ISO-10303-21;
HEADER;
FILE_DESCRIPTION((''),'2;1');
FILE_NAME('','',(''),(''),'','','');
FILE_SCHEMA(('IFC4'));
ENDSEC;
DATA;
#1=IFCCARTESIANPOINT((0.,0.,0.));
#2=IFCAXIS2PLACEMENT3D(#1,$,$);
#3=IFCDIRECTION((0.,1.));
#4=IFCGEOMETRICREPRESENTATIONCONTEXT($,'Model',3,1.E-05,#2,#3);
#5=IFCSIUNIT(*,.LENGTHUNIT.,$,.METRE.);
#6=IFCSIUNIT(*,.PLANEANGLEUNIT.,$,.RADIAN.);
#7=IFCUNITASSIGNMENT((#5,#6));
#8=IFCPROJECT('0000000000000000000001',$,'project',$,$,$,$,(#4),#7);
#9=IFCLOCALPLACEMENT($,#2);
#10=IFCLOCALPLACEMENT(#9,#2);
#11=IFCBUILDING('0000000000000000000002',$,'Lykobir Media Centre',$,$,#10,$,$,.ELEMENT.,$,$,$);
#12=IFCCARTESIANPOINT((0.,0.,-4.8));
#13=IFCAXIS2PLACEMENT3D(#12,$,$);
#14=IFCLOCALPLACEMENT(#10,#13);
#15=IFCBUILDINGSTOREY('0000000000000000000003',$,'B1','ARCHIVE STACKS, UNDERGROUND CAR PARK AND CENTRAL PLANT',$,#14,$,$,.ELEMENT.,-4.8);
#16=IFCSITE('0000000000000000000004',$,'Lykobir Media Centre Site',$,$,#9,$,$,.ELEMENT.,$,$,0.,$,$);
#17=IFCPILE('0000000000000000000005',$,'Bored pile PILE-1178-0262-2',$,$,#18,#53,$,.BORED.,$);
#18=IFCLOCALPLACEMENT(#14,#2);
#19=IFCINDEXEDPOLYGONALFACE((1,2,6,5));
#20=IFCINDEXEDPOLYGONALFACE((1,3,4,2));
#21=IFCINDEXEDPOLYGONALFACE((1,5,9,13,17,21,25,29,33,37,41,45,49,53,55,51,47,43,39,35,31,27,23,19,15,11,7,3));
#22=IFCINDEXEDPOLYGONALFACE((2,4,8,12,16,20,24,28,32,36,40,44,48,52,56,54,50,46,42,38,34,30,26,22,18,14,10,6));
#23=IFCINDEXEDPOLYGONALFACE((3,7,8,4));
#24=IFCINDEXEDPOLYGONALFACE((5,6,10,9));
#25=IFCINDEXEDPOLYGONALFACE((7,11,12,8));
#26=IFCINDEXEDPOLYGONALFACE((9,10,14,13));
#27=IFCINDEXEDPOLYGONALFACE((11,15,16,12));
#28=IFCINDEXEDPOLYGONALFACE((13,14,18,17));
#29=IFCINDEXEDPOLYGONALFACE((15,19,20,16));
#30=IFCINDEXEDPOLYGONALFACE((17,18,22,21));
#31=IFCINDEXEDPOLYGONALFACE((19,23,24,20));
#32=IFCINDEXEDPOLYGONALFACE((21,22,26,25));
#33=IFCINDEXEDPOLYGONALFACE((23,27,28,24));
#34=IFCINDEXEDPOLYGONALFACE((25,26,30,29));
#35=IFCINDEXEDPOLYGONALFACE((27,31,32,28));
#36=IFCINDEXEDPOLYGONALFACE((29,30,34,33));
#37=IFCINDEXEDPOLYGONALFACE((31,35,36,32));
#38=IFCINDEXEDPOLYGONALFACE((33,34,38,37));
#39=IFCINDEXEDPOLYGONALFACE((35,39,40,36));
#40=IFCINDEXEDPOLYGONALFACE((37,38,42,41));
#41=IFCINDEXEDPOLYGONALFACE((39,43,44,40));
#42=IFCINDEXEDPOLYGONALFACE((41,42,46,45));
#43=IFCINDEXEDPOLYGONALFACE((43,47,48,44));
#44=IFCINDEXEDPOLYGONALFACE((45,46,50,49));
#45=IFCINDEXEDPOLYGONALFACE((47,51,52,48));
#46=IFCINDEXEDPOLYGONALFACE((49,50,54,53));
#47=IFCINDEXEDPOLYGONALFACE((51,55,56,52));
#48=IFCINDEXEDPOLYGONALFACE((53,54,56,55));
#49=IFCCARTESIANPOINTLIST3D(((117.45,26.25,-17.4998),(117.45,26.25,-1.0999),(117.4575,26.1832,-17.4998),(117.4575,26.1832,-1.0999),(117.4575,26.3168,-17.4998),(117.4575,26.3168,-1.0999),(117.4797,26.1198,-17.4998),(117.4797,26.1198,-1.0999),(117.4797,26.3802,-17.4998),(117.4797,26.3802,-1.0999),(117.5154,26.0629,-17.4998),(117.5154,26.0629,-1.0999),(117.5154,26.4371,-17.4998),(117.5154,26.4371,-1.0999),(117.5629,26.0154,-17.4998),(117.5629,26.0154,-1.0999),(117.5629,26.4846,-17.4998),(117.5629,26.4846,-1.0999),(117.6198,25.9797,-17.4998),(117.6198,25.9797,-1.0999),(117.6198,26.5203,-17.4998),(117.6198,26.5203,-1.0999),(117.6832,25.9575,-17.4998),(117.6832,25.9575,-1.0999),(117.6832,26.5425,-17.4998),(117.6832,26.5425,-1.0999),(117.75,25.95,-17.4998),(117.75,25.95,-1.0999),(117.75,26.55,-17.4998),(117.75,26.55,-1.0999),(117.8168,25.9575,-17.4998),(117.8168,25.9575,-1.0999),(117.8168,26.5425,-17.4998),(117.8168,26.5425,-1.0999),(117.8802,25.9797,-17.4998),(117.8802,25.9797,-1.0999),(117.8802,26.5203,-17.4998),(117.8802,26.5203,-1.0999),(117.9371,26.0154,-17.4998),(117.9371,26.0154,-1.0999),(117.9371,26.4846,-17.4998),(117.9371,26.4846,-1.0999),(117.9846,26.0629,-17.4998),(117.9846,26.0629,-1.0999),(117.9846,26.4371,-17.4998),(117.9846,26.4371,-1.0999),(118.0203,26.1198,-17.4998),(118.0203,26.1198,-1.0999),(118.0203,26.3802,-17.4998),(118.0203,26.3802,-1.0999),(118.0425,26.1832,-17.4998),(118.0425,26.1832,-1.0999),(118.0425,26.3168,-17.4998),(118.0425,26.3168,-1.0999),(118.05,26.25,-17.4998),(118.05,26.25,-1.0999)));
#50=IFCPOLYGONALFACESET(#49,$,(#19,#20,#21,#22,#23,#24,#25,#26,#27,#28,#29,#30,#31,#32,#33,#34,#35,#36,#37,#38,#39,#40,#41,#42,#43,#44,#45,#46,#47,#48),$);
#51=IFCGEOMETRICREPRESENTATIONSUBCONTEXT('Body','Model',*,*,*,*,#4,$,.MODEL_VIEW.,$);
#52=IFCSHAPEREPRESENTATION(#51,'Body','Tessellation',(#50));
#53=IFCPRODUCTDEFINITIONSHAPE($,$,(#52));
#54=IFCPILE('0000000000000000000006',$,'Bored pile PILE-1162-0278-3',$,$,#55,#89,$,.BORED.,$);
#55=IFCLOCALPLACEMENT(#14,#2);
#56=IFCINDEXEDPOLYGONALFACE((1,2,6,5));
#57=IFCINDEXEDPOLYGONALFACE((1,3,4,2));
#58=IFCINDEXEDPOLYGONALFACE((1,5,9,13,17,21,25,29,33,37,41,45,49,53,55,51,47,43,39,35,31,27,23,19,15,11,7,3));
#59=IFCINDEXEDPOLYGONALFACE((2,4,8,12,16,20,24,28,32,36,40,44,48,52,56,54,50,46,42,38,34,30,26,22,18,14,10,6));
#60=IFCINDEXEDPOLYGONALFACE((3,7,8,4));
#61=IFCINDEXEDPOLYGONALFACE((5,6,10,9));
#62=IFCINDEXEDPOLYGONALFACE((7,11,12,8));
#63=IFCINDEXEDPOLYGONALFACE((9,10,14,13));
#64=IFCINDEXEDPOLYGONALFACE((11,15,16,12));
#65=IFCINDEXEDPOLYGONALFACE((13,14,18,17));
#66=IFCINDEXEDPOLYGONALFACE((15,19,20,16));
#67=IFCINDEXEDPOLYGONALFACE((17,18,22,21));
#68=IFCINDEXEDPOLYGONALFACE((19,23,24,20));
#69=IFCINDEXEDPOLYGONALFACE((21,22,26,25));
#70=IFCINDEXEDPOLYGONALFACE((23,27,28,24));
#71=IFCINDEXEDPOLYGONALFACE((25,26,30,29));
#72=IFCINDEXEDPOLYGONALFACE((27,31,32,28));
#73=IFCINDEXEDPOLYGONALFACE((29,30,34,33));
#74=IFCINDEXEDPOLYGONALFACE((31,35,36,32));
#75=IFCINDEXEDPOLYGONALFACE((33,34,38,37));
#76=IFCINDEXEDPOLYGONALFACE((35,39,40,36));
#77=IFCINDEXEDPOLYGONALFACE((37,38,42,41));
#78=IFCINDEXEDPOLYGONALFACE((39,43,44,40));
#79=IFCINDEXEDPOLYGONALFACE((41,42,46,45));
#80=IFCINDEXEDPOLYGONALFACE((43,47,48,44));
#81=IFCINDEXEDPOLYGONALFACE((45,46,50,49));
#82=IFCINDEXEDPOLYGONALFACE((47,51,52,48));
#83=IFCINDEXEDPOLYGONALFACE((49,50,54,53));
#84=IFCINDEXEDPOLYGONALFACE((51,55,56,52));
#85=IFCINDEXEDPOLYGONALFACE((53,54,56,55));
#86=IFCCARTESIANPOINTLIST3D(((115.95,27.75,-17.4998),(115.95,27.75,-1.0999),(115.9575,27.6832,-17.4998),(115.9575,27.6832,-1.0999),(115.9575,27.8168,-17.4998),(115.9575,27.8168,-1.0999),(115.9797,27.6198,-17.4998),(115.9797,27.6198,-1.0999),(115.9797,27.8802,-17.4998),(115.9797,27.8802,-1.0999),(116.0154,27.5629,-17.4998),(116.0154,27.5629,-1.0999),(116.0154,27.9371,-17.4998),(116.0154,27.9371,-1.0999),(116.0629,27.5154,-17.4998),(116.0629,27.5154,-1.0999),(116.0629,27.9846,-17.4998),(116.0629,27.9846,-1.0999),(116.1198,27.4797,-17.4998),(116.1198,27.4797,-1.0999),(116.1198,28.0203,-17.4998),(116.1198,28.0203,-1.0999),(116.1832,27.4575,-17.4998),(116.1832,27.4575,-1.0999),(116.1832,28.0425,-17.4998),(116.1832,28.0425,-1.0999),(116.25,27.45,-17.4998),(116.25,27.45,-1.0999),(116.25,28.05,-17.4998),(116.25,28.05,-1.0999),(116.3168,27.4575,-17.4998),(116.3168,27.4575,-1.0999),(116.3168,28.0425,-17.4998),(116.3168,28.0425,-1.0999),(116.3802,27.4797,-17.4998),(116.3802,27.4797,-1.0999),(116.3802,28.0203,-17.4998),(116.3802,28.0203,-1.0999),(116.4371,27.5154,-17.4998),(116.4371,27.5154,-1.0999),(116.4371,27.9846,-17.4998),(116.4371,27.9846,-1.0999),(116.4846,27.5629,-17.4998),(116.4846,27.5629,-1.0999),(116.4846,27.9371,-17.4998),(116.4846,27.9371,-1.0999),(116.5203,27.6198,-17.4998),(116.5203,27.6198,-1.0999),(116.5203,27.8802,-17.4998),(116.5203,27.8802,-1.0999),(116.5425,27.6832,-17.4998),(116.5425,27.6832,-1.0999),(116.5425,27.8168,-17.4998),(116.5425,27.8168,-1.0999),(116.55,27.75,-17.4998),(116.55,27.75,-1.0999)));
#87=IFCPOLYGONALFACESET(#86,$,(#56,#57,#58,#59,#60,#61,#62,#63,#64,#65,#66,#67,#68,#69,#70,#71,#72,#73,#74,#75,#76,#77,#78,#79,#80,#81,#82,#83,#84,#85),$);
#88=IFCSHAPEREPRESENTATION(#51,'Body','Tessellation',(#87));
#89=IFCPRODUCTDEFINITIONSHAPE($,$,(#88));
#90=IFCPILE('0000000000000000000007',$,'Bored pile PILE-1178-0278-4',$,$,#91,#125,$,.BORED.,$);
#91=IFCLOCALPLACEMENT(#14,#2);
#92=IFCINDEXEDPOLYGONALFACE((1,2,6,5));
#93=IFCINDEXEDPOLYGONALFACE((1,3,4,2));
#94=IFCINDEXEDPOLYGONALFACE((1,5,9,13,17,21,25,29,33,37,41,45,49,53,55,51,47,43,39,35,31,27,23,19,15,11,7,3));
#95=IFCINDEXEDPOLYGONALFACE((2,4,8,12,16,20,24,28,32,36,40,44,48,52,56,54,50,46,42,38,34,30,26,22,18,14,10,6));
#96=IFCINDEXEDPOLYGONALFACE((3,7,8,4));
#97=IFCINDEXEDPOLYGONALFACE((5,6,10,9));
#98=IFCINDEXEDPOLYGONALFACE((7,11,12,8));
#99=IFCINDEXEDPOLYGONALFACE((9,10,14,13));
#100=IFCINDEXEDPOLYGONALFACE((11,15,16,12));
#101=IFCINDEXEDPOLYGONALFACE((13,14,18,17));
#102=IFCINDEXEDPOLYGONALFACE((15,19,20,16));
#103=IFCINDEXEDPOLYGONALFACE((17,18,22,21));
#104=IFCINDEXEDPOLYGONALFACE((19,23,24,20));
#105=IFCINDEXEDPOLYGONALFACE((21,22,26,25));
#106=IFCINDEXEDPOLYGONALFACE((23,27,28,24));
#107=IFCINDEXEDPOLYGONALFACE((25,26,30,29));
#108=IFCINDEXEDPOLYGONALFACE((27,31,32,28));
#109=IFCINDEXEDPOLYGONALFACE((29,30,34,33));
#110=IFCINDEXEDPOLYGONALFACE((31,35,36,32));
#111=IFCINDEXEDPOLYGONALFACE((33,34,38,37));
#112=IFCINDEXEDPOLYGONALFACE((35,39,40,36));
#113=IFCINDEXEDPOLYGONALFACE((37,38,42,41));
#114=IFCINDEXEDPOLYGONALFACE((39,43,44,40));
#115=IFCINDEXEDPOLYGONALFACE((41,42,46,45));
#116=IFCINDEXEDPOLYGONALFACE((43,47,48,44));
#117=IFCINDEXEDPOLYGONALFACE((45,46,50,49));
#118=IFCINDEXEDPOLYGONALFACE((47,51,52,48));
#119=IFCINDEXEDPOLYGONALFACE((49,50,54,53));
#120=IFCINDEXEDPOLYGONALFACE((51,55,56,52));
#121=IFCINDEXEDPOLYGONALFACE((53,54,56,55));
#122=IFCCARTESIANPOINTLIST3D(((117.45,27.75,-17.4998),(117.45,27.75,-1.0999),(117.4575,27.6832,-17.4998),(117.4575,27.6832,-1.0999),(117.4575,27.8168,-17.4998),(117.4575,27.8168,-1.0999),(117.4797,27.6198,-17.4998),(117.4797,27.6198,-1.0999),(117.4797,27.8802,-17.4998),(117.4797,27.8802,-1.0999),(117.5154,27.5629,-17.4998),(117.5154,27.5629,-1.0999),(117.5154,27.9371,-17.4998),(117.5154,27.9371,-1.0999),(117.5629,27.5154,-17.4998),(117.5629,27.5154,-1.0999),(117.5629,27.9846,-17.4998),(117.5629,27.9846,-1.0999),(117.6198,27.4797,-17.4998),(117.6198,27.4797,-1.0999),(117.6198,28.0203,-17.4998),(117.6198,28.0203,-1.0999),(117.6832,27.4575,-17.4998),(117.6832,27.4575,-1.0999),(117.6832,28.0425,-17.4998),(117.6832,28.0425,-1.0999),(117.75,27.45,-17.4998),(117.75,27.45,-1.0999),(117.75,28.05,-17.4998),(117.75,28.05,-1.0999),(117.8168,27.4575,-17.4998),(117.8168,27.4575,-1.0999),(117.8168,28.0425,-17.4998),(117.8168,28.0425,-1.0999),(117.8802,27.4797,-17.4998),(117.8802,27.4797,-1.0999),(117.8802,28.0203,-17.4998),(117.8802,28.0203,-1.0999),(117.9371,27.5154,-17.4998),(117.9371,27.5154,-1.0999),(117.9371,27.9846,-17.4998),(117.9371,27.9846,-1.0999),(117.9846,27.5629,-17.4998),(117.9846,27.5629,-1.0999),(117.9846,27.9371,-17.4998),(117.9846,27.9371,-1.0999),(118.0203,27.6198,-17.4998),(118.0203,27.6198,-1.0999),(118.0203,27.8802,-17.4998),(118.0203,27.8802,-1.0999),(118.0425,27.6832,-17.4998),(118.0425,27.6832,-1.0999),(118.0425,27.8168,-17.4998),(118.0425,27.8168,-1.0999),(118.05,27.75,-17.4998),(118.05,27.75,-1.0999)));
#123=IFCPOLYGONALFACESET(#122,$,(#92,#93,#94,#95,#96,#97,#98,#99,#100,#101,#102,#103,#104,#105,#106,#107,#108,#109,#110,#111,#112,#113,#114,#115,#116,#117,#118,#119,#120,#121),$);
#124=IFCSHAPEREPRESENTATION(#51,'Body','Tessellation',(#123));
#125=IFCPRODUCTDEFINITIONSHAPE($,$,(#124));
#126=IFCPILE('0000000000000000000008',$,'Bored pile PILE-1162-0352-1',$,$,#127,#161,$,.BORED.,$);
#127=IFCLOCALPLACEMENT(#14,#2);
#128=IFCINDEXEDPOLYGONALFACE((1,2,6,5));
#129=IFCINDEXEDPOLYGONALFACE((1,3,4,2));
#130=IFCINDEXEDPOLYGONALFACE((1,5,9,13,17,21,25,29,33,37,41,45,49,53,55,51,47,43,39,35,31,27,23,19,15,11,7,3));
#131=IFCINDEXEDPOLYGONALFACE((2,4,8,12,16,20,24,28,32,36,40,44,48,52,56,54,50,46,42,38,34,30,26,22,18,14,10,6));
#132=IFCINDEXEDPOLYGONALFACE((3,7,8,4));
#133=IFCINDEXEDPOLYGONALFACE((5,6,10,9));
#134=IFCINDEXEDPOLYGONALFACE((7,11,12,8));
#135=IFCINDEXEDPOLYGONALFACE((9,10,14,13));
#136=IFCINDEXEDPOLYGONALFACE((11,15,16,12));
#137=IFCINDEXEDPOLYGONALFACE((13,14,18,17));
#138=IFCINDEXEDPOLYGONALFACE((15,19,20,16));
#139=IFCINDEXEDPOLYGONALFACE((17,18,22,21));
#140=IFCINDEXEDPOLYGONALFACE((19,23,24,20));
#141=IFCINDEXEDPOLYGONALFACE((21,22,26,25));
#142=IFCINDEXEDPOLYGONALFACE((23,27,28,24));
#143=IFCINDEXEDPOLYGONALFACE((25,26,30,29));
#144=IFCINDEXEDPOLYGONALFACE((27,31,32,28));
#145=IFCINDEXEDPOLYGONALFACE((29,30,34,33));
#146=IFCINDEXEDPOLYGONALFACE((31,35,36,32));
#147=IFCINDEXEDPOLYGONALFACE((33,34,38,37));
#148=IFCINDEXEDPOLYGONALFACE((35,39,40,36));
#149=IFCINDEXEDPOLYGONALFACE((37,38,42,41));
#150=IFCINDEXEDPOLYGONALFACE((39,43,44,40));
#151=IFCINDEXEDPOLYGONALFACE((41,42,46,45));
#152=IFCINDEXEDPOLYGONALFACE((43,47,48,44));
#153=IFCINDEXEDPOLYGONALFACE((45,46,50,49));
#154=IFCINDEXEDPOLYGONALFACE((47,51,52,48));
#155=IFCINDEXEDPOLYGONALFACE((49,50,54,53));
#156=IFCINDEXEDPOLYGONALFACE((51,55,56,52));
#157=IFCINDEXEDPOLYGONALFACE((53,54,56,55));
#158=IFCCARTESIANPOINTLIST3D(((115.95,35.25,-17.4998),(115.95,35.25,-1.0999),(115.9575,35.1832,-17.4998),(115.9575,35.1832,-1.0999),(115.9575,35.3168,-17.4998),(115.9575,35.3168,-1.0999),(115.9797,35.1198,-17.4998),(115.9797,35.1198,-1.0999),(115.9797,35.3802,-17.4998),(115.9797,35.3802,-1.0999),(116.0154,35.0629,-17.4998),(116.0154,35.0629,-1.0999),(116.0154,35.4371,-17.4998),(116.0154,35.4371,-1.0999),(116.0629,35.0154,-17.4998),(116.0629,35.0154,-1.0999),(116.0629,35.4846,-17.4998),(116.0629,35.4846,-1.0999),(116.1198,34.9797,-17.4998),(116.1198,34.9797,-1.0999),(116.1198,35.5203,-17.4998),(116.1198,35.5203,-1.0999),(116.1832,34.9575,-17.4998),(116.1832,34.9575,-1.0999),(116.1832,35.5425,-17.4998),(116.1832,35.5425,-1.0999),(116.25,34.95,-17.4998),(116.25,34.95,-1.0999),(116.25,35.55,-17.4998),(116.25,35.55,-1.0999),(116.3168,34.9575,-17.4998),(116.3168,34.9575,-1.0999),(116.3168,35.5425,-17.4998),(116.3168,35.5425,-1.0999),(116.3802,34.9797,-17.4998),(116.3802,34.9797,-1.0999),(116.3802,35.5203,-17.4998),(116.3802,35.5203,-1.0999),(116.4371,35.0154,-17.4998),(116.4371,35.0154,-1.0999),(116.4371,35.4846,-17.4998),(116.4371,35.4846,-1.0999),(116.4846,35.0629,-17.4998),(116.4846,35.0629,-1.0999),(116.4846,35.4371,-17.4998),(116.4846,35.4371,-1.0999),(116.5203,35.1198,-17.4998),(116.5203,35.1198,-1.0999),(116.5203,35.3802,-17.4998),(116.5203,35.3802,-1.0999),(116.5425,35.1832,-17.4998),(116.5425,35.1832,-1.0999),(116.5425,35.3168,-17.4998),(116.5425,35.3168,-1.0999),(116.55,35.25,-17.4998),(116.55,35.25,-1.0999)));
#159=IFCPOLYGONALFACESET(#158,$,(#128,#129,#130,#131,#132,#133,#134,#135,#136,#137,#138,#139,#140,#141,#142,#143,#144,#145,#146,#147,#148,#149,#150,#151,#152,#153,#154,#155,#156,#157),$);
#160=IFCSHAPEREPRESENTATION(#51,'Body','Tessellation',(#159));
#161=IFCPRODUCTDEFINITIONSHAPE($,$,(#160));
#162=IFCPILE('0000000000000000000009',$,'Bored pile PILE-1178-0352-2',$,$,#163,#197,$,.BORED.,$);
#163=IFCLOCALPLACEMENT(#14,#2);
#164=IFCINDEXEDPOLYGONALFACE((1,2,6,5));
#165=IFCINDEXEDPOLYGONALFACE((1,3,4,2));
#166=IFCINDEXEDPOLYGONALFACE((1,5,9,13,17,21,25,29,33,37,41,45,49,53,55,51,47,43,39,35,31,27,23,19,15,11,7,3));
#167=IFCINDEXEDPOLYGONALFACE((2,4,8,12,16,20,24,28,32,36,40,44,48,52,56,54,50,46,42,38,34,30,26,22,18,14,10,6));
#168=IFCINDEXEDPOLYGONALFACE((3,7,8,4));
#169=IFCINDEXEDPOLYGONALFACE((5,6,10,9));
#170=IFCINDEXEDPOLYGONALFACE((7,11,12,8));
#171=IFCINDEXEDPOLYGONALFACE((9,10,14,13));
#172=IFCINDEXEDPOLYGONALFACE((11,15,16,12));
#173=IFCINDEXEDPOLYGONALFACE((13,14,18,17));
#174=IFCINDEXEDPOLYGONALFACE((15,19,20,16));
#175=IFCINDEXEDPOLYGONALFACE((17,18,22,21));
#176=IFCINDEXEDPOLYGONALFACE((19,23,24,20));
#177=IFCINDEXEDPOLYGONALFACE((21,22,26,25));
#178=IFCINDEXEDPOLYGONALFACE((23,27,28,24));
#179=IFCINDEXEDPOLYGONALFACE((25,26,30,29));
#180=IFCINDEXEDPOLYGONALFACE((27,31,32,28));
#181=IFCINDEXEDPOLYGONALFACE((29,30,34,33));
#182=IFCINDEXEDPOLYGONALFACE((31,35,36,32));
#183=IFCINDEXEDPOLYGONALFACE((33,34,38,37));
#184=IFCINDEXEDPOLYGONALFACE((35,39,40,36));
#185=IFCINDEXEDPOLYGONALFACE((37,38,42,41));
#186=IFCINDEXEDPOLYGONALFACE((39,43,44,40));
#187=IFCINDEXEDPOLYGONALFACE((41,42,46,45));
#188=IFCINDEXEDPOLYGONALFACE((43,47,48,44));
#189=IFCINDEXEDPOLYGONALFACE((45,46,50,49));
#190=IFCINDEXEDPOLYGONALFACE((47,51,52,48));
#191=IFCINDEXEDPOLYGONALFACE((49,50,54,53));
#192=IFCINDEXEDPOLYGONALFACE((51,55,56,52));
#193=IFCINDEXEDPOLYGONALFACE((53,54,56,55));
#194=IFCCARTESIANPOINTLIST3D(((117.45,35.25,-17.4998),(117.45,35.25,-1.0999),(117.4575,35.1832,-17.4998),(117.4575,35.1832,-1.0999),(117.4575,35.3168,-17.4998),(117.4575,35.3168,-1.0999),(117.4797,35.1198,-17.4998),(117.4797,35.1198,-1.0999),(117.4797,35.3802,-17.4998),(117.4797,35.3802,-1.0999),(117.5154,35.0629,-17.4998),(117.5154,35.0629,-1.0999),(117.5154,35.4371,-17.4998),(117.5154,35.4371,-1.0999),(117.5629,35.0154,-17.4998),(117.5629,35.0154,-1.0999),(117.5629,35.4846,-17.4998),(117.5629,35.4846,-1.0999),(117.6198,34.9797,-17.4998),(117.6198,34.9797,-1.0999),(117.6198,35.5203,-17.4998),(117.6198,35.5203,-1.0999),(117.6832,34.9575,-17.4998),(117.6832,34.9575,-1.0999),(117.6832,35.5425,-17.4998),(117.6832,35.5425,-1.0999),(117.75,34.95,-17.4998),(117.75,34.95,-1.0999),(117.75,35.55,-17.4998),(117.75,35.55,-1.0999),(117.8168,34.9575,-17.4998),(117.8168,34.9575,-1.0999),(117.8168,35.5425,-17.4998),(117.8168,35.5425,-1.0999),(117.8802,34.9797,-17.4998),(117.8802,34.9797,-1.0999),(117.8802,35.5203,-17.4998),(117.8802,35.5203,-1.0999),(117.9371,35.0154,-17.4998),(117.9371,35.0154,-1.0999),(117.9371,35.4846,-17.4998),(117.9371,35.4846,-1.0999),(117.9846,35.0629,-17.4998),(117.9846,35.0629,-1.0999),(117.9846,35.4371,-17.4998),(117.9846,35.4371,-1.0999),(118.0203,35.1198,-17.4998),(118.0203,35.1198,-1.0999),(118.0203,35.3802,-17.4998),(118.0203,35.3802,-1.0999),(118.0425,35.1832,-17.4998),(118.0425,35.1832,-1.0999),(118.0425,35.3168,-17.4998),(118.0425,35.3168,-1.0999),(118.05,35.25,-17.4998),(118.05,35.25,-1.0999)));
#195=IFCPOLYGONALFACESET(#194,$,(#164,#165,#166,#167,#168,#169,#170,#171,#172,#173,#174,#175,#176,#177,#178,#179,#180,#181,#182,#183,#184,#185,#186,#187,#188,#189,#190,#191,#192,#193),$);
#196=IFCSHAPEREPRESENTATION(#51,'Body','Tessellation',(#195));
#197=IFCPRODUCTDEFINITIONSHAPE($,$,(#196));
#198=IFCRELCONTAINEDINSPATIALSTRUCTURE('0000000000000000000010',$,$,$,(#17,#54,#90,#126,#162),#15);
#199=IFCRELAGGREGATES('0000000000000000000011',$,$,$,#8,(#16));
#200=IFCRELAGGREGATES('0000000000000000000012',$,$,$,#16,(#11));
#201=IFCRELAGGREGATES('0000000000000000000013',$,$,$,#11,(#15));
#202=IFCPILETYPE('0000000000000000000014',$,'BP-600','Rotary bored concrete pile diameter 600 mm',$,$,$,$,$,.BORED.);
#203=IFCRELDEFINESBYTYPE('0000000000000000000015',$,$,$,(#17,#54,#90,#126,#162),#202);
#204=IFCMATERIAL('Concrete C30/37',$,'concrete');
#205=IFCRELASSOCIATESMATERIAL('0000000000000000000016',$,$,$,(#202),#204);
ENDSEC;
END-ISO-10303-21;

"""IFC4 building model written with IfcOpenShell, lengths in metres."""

from ifc_helpers import new_model, si_unit, direction, frame, origin, origin_2d, place, context, subcontext, project, spatial, circle, extrude, material, material_profile, profile_set, type_object, element, save


model = new_model("IFC4")

# Units and contexts
model_context = context("Model", 3, precision=1e-05, world=origin(), true_north=direction((0.0, 1.0)))
body_context = subcontext(model_context, "Body", "Model", "MODEL_VIEW")
ifc_project = project(units=[si_unit("LENGTHUNIT", "METRE"), si_unit("PLANEANGLEUNIT", "RADIAN")], contexts=[model_context])

# Site, building, storey
site_placement = place(None, origin())
site = spatial("IfcSite", under=ifc_project, at=site_placement, Name="Lykobir Media Centre Site", CompositionType="ELEMENT", RefElevation=0.0)
building_placement = place(site_placement, origin())
building = spatial("IfcBuilding", under=site, at=building_placement, Name="Lykobir Media Centre", CompositionType="ELEMENT")
storey_placement = place(building_placement, frame((0.0, 0.0, -4.8)))
storey = spatial("IfcBuildingStorey", under=building, at=storey_placement, Name="B1", Description="ARCHIVE STACKS, UNDERGROUND CAR PARK AND CENTRAL PLANT", CompositionType="ELEMENT", Elevation=-4.8)

# Piles
ifc_material_1 = material(Name="Concrete C30/37", Category="concrete")
ifc_material_profile_1 = material_profile(ifc_material_1, circle(Radius=0.3, at=origin_2d()), Name="BORED PILE D600")
ifc_profile_set_1 = profile_set([ifc_material_profile_1], Name="Concrete C30/37")
pile_type = type_object("IfcPileType", Name="BP-600", Description="Rotary bored concrete pile diameter 600 mm", PredefinedType="BORED", material=ifc_profile_set_1)
for number, where, z_axis, x_axis, name in (
    (1, (117.75, 26.25, -1.0999), (0.0, 0.0, -1.0), (1.0, 0.0, 0.0), "Bored pile PILE-1178-0262-2"),
    (2, (116.25, 27.75, -1.0999), (0.0, 0.0, -1.0), (1.0, 0.0, 0.0), "Bored pile PILE-1162-0278-3"),
    (3, (117.75, 27.75, -1.0999), (0.0, 0.0, -1.0), (1.0, 0.0, 0.0), "Bored pile PILE-1178-0278-4"),
    (4, (116.25, 35.25, -1.0999), (0.0, 0.0, -1.0), (1.0, 0.0, 0.0), "Bored pile PILE-1162-0352-1"),
    (5, (117.75, 35.25, -1.0999), (0.0, 0.0, -1.0), (1.0, 0.0, 0.0), "Bored pile PILE-1178-0352-2"),
):
    element("IfcPile", number, at=place(storey_placement, frame(where, z_axis=z_axis, x_axis=x_axis)), inside=storey, type_object=pile_type, Name=name, PredefinedType="BORED", context=body_context, shape_type="SweptSolid", body=[
        extrude(circle(Radius=0.3, at=origin_2d()), origin(), (0.0, 0.0, 1.0), 16.3999),
    ])

save(model, "model.ifc")
